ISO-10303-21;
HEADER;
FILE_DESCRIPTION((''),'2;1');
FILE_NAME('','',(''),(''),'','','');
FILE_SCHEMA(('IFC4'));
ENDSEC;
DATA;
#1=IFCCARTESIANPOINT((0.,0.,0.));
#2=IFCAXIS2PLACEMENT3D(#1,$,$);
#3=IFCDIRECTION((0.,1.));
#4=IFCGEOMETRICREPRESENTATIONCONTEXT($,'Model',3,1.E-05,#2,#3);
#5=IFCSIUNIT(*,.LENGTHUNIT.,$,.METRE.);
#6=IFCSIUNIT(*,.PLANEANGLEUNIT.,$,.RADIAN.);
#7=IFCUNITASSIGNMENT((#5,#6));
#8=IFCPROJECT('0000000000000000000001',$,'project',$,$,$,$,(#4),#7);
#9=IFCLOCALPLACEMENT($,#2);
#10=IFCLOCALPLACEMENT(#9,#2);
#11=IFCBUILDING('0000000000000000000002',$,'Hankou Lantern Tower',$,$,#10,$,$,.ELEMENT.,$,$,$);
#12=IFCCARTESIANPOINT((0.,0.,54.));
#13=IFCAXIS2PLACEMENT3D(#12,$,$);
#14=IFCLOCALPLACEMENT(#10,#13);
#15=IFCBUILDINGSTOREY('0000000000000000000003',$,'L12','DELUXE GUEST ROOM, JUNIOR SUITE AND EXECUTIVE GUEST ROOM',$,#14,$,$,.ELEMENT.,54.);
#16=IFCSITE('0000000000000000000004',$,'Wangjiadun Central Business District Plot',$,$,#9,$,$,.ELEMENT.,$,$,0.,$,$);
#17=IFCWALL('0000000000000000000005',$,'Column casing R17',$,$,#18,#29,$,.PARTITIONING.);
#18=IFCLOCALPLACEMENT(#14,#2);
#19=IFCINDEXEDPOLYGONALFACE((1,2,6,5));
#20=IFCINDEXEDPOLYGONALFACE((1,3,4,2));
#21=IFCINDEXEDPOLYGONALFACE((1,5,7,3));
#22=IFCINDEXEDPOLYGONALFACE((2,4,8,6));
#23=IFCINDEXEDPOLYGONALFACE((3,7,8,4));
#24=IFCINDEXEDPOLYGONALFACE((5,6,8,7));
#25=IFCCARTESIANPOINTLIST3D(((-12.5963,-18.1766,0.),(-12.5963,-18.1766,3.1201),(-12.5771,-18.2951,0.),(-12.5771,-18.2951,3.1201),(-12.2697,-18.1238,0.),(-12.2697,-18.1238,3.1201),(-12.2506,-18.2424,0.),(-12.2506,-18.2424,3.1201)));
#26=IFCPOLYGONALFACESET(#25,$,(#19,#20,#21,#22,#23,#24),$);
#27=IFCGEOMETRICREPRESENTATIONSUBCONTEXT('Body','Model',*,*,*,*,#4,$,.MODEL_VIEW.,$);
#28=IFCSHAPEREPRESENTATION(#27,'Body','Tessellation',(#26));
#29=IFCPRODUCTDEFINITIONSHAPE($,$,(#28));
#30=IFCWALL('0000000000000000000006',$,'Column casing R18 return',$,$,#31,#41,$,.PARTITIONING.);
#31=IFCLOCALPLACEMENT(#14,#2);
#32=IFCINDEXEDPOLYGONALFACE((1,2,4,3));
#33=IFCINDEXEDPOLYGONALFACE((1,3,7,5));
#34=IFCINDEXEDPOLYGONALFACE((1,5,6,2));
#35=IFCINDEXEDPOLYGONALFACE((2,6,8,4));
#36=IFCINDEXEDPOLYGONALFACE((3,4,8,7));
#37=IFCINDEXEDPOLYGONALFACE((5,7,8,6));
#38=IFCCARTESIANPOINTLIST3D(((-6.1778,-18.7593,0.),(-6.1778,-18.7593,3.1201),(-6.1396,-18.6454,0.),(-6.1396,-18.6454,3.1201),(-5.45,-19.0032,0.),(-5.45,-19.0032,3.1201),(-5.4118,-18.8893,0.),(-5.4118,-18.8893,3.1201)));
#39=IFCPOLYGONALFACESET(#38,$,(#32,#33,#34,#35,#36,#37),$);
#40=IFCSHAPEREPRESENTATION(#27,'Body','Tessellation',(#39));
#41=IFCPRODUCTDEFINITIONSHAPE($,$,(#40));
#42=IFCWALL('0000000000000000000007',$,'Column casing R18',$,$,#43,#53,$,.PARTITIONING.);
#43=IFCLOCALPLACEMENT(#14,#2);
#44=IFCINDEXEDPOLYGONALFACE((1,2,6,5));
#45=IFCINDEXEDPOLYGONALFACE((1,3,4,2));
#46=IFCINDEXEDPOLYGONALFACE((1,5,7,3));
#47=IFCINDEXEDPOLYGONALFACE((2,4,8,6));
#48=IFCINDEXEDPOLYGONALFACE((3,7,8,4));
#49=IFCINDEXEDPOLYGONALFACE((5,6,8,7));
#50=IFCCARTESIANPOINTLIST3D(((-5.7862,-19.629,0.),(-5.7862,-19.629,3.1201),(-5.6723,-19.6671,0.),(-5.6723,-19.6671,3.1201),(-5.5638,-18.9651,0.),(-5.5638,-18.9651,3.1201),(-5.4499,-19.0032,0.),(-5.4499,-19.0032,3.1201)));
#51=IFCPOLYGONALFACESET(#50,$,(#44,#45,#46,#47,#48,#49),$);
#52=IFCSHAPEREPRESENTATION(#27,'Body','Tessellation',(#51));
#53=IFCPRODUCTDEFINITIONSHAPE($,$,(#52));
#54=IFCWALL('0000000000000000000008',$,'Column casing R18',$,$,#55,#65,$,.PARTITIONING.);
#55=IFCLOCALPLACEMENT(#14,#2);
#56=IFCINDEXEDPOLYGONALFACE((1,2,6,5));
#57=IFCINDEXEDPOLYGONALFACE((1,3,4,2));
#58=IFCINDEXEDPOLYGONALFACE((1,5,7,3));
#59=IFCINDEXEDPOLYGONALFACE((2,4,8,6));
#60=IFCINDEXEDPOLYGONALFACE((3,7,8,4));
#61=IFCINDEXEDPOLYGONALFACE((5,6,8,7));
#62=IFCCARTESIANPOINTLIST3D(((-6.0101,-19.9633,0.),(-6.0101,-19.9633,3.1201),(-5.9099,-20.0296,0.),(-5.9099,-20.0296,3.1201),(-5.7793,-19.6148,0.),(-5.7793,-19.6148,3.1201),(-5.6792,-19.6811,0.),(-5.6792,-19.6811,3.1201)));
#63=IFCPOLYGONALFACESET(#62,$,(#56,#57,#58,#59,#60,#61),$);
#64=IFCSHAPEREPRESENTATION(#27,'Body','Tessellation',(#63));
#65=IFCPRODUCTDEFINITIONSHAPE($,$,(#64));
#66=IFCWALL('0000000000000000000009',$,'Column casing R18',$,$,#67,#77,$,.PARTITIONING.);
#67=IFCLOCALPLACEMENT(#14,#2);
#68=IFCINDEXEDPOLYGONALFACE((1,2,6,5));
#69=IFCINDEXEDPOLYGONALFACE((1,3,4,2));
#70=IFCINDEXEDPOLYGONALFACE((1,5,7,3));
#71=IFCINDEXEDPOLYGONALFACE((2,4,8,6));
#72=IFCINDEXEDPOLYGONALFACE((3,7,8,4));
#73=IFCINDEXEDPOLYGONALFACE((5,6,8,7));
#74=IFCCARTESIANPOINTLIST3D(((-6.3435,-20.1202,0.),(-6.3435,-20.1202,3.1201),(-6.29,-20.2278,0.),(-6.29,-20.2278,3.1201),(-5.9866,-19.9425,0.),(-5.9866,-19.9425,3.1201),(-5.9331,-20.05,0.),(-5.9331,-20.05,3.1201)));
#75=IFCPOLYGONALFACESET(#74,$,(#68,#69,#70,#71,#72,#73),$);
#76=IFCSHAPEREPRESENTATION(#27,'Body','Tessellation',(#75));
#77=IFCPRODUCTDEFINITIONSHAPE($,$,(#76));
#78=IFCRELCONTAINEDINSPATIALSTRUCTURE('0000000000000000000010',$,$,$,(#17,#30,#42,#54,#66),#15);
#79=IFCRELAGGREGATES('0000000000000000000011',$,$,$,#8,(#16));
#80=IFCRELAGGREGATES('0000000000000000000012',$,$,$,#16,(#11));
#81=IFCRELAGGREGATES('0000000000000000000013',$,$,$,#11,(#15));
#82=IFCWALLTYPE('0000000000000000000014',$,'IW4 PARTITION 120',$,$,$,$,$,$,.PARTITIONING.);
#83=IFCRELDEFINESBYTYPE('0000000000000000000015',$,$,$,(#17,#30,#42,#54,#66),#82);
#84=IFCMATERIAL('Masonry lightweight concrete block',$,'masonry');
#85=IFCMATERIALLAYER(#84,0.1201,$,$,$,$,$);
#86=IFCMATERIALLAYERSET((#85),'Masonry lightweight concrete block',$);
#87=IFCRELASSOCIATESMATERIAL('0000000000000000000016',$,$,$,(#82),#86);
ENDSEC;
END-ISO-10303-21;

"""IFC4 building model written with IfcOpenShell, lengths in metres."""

from ifc_helpers import new_model, si_unit, direction, frame, frame_2d, origin, place, context, subcontext, project, spatial, rectangle, extrude, material, layer, layer_set, type_object, element, save


model = new_model("IFC4")

# Units and contexts
model_context = context("Model", 3, precision=1e-05, world=origin(), true_north=direction((0.0, 1.0)))
body_context = subcontext(model_context, "Body", "Model", "MODEL_VIEW")
ifc_project = project(units=[si_unit("LENGTHUNIT", "METRE"), si_unit("PLANEANGLEUNIT", "RADIAN")], contexts=[model_context])

# Site, building, storey
site_placement = place(None, origin())
site = spatial("IfcSite", under=ifc_project, at=site_placement, Name="Wangjiadun Central Business District Plot", CompositionType="ELEMENT", RefElevation=0.0)
building_placement = place(site_placement, origin())
building = spatial("IfcBuilding", under=site, at=building_placement, Name="Hankou Lantern Tower", CompositionType="ELEMENT")
storey_placement = place(building_placement, frame((0.0, 0.0, 54.0)))
storey = spatial("IfcBuildingStorey", under=building, at=storey_placement, Name="L12", Description="DELUXE GUEST ROOM, JUNIOR SUITE AND EXECUTIVE GUEST ROOM", CompositionType="ELEMENT", Elevation=54.0)

# Walls
ifc_material_1 = material(Name="Masonry lightweight concrete block", Category="masonry")
ifc_layer_1 = layer(ifc_material_1, 0.1201)
ifc_layer_set_1 = layer_set([ifc_layer_1], Name="Masonry lightweight concrete block")
wall_type_1 = type_object("IfcWallType", Name="IW4 PARTITION 120", PredefinedType="PARTITIONING", material=ifc_layer_set_1)
wall_1_placement = place(storey_placement, frame((-12.26, -18.1831, 0.0), z_axis=(0.0, 0.0, 1.0), x_axis=(-0.987219, -0.159372, 0.0)))
element("IfcWall", 1, at=wall_1_placement, inside=storey, type_object=wall_type_1, Name="Column casing R17", PredefinedType="PARTITIONING", context=body_context, shape_type="SweptSolid", body=[
    extrude(rectangle(XDim=0.3308, YDim=0.1201, at=frame_2d((0.1655, 0.0))), origin(), (0.0, 0.0, 1.0), 3.1201),
])
wall_2_placement = place(storey_placement, frame((-6.1587, -18.7024, 0.0), z_axis=(0.0, 0.0, 1.0), x_axis=(0.948173, -0.317754, 0.0)))
element("IfcWall", 2, at=wall_2_placement, inside=storey, type_object=wall_type_1, Name="Column casing R18 return", PredefinedType="PARTITIONING", context=body_context, shape_type="SweptSolid", body=[
    extrude(rectangle(XDim=0.7676, YDim=0.1201, at=frame_2d((0.3838, 0.0))), origin(), (0.0, 0.0, 1.0), 3.1201),
])
wall_3_placement = place(storey_placement, frame((-5.5068, -18.9841, 0.0), z_axis=(0.0, 0.0, 1.0), x_axis=(-0.317692, -0.948194, 0.0)))
element("IfcWall", 3, at=wall_3_placement, inside=storey, type_object=wall_type_1, Name="Column casing R18", PredefinedType="PARTITIONING", context=body_context, shape_type="SweptSolid", body=[
    extrude(rectangle(XDim=0.7002, YDim=0.1201, at=frame_2d((0.3501, 0.0))), origin(), (0.0, 0.0, 1.0), 3.1201),
])
wall_4_placement = place(storey_placement, frame((-5.7292, -19.6479, 0.0), z_axis=(0.0, 0.0, 1.0), x_axis=(-0.552136, -0.833754, 0.0)))
element("IfcWall", 4, at=wall_4_placement, inside=storey, type_object=wall_type_1, Name="Column casing R18", PredefinedType="PARTITIONING", context=body_context, shape_type="SweptSolid", body=[
    extrude(rectangle(XDim=0.418, YDim=0.1201, at=frame_2d((0.209, 0.0))), origin(), (0.0, 0.0, 1.0), 3.1201),
])
wall_5_placement = place(storey_placement, frame((-5.96, -19.9963, 0.0), z_axis=(0.0, 0.0, 1.0), x_axis=(-0.895161, -0.445744, 0.0)))
element("IfcWall", 5, at=wall_5_placement, inside=storey, type_object=wall_type_1, Name="Column casing R18", PredefinedType="PARTITIONING", context=body_context, shape_type="SweptSolid", body=[
    extrude(rectangle(XDim=0.3987, YDim=0.1201, at=frame_2d((0.1992, 0.0))), origin(), (0.0, 0.0, 1.0), 3.1201),
])

save(model, "model.ifc")
